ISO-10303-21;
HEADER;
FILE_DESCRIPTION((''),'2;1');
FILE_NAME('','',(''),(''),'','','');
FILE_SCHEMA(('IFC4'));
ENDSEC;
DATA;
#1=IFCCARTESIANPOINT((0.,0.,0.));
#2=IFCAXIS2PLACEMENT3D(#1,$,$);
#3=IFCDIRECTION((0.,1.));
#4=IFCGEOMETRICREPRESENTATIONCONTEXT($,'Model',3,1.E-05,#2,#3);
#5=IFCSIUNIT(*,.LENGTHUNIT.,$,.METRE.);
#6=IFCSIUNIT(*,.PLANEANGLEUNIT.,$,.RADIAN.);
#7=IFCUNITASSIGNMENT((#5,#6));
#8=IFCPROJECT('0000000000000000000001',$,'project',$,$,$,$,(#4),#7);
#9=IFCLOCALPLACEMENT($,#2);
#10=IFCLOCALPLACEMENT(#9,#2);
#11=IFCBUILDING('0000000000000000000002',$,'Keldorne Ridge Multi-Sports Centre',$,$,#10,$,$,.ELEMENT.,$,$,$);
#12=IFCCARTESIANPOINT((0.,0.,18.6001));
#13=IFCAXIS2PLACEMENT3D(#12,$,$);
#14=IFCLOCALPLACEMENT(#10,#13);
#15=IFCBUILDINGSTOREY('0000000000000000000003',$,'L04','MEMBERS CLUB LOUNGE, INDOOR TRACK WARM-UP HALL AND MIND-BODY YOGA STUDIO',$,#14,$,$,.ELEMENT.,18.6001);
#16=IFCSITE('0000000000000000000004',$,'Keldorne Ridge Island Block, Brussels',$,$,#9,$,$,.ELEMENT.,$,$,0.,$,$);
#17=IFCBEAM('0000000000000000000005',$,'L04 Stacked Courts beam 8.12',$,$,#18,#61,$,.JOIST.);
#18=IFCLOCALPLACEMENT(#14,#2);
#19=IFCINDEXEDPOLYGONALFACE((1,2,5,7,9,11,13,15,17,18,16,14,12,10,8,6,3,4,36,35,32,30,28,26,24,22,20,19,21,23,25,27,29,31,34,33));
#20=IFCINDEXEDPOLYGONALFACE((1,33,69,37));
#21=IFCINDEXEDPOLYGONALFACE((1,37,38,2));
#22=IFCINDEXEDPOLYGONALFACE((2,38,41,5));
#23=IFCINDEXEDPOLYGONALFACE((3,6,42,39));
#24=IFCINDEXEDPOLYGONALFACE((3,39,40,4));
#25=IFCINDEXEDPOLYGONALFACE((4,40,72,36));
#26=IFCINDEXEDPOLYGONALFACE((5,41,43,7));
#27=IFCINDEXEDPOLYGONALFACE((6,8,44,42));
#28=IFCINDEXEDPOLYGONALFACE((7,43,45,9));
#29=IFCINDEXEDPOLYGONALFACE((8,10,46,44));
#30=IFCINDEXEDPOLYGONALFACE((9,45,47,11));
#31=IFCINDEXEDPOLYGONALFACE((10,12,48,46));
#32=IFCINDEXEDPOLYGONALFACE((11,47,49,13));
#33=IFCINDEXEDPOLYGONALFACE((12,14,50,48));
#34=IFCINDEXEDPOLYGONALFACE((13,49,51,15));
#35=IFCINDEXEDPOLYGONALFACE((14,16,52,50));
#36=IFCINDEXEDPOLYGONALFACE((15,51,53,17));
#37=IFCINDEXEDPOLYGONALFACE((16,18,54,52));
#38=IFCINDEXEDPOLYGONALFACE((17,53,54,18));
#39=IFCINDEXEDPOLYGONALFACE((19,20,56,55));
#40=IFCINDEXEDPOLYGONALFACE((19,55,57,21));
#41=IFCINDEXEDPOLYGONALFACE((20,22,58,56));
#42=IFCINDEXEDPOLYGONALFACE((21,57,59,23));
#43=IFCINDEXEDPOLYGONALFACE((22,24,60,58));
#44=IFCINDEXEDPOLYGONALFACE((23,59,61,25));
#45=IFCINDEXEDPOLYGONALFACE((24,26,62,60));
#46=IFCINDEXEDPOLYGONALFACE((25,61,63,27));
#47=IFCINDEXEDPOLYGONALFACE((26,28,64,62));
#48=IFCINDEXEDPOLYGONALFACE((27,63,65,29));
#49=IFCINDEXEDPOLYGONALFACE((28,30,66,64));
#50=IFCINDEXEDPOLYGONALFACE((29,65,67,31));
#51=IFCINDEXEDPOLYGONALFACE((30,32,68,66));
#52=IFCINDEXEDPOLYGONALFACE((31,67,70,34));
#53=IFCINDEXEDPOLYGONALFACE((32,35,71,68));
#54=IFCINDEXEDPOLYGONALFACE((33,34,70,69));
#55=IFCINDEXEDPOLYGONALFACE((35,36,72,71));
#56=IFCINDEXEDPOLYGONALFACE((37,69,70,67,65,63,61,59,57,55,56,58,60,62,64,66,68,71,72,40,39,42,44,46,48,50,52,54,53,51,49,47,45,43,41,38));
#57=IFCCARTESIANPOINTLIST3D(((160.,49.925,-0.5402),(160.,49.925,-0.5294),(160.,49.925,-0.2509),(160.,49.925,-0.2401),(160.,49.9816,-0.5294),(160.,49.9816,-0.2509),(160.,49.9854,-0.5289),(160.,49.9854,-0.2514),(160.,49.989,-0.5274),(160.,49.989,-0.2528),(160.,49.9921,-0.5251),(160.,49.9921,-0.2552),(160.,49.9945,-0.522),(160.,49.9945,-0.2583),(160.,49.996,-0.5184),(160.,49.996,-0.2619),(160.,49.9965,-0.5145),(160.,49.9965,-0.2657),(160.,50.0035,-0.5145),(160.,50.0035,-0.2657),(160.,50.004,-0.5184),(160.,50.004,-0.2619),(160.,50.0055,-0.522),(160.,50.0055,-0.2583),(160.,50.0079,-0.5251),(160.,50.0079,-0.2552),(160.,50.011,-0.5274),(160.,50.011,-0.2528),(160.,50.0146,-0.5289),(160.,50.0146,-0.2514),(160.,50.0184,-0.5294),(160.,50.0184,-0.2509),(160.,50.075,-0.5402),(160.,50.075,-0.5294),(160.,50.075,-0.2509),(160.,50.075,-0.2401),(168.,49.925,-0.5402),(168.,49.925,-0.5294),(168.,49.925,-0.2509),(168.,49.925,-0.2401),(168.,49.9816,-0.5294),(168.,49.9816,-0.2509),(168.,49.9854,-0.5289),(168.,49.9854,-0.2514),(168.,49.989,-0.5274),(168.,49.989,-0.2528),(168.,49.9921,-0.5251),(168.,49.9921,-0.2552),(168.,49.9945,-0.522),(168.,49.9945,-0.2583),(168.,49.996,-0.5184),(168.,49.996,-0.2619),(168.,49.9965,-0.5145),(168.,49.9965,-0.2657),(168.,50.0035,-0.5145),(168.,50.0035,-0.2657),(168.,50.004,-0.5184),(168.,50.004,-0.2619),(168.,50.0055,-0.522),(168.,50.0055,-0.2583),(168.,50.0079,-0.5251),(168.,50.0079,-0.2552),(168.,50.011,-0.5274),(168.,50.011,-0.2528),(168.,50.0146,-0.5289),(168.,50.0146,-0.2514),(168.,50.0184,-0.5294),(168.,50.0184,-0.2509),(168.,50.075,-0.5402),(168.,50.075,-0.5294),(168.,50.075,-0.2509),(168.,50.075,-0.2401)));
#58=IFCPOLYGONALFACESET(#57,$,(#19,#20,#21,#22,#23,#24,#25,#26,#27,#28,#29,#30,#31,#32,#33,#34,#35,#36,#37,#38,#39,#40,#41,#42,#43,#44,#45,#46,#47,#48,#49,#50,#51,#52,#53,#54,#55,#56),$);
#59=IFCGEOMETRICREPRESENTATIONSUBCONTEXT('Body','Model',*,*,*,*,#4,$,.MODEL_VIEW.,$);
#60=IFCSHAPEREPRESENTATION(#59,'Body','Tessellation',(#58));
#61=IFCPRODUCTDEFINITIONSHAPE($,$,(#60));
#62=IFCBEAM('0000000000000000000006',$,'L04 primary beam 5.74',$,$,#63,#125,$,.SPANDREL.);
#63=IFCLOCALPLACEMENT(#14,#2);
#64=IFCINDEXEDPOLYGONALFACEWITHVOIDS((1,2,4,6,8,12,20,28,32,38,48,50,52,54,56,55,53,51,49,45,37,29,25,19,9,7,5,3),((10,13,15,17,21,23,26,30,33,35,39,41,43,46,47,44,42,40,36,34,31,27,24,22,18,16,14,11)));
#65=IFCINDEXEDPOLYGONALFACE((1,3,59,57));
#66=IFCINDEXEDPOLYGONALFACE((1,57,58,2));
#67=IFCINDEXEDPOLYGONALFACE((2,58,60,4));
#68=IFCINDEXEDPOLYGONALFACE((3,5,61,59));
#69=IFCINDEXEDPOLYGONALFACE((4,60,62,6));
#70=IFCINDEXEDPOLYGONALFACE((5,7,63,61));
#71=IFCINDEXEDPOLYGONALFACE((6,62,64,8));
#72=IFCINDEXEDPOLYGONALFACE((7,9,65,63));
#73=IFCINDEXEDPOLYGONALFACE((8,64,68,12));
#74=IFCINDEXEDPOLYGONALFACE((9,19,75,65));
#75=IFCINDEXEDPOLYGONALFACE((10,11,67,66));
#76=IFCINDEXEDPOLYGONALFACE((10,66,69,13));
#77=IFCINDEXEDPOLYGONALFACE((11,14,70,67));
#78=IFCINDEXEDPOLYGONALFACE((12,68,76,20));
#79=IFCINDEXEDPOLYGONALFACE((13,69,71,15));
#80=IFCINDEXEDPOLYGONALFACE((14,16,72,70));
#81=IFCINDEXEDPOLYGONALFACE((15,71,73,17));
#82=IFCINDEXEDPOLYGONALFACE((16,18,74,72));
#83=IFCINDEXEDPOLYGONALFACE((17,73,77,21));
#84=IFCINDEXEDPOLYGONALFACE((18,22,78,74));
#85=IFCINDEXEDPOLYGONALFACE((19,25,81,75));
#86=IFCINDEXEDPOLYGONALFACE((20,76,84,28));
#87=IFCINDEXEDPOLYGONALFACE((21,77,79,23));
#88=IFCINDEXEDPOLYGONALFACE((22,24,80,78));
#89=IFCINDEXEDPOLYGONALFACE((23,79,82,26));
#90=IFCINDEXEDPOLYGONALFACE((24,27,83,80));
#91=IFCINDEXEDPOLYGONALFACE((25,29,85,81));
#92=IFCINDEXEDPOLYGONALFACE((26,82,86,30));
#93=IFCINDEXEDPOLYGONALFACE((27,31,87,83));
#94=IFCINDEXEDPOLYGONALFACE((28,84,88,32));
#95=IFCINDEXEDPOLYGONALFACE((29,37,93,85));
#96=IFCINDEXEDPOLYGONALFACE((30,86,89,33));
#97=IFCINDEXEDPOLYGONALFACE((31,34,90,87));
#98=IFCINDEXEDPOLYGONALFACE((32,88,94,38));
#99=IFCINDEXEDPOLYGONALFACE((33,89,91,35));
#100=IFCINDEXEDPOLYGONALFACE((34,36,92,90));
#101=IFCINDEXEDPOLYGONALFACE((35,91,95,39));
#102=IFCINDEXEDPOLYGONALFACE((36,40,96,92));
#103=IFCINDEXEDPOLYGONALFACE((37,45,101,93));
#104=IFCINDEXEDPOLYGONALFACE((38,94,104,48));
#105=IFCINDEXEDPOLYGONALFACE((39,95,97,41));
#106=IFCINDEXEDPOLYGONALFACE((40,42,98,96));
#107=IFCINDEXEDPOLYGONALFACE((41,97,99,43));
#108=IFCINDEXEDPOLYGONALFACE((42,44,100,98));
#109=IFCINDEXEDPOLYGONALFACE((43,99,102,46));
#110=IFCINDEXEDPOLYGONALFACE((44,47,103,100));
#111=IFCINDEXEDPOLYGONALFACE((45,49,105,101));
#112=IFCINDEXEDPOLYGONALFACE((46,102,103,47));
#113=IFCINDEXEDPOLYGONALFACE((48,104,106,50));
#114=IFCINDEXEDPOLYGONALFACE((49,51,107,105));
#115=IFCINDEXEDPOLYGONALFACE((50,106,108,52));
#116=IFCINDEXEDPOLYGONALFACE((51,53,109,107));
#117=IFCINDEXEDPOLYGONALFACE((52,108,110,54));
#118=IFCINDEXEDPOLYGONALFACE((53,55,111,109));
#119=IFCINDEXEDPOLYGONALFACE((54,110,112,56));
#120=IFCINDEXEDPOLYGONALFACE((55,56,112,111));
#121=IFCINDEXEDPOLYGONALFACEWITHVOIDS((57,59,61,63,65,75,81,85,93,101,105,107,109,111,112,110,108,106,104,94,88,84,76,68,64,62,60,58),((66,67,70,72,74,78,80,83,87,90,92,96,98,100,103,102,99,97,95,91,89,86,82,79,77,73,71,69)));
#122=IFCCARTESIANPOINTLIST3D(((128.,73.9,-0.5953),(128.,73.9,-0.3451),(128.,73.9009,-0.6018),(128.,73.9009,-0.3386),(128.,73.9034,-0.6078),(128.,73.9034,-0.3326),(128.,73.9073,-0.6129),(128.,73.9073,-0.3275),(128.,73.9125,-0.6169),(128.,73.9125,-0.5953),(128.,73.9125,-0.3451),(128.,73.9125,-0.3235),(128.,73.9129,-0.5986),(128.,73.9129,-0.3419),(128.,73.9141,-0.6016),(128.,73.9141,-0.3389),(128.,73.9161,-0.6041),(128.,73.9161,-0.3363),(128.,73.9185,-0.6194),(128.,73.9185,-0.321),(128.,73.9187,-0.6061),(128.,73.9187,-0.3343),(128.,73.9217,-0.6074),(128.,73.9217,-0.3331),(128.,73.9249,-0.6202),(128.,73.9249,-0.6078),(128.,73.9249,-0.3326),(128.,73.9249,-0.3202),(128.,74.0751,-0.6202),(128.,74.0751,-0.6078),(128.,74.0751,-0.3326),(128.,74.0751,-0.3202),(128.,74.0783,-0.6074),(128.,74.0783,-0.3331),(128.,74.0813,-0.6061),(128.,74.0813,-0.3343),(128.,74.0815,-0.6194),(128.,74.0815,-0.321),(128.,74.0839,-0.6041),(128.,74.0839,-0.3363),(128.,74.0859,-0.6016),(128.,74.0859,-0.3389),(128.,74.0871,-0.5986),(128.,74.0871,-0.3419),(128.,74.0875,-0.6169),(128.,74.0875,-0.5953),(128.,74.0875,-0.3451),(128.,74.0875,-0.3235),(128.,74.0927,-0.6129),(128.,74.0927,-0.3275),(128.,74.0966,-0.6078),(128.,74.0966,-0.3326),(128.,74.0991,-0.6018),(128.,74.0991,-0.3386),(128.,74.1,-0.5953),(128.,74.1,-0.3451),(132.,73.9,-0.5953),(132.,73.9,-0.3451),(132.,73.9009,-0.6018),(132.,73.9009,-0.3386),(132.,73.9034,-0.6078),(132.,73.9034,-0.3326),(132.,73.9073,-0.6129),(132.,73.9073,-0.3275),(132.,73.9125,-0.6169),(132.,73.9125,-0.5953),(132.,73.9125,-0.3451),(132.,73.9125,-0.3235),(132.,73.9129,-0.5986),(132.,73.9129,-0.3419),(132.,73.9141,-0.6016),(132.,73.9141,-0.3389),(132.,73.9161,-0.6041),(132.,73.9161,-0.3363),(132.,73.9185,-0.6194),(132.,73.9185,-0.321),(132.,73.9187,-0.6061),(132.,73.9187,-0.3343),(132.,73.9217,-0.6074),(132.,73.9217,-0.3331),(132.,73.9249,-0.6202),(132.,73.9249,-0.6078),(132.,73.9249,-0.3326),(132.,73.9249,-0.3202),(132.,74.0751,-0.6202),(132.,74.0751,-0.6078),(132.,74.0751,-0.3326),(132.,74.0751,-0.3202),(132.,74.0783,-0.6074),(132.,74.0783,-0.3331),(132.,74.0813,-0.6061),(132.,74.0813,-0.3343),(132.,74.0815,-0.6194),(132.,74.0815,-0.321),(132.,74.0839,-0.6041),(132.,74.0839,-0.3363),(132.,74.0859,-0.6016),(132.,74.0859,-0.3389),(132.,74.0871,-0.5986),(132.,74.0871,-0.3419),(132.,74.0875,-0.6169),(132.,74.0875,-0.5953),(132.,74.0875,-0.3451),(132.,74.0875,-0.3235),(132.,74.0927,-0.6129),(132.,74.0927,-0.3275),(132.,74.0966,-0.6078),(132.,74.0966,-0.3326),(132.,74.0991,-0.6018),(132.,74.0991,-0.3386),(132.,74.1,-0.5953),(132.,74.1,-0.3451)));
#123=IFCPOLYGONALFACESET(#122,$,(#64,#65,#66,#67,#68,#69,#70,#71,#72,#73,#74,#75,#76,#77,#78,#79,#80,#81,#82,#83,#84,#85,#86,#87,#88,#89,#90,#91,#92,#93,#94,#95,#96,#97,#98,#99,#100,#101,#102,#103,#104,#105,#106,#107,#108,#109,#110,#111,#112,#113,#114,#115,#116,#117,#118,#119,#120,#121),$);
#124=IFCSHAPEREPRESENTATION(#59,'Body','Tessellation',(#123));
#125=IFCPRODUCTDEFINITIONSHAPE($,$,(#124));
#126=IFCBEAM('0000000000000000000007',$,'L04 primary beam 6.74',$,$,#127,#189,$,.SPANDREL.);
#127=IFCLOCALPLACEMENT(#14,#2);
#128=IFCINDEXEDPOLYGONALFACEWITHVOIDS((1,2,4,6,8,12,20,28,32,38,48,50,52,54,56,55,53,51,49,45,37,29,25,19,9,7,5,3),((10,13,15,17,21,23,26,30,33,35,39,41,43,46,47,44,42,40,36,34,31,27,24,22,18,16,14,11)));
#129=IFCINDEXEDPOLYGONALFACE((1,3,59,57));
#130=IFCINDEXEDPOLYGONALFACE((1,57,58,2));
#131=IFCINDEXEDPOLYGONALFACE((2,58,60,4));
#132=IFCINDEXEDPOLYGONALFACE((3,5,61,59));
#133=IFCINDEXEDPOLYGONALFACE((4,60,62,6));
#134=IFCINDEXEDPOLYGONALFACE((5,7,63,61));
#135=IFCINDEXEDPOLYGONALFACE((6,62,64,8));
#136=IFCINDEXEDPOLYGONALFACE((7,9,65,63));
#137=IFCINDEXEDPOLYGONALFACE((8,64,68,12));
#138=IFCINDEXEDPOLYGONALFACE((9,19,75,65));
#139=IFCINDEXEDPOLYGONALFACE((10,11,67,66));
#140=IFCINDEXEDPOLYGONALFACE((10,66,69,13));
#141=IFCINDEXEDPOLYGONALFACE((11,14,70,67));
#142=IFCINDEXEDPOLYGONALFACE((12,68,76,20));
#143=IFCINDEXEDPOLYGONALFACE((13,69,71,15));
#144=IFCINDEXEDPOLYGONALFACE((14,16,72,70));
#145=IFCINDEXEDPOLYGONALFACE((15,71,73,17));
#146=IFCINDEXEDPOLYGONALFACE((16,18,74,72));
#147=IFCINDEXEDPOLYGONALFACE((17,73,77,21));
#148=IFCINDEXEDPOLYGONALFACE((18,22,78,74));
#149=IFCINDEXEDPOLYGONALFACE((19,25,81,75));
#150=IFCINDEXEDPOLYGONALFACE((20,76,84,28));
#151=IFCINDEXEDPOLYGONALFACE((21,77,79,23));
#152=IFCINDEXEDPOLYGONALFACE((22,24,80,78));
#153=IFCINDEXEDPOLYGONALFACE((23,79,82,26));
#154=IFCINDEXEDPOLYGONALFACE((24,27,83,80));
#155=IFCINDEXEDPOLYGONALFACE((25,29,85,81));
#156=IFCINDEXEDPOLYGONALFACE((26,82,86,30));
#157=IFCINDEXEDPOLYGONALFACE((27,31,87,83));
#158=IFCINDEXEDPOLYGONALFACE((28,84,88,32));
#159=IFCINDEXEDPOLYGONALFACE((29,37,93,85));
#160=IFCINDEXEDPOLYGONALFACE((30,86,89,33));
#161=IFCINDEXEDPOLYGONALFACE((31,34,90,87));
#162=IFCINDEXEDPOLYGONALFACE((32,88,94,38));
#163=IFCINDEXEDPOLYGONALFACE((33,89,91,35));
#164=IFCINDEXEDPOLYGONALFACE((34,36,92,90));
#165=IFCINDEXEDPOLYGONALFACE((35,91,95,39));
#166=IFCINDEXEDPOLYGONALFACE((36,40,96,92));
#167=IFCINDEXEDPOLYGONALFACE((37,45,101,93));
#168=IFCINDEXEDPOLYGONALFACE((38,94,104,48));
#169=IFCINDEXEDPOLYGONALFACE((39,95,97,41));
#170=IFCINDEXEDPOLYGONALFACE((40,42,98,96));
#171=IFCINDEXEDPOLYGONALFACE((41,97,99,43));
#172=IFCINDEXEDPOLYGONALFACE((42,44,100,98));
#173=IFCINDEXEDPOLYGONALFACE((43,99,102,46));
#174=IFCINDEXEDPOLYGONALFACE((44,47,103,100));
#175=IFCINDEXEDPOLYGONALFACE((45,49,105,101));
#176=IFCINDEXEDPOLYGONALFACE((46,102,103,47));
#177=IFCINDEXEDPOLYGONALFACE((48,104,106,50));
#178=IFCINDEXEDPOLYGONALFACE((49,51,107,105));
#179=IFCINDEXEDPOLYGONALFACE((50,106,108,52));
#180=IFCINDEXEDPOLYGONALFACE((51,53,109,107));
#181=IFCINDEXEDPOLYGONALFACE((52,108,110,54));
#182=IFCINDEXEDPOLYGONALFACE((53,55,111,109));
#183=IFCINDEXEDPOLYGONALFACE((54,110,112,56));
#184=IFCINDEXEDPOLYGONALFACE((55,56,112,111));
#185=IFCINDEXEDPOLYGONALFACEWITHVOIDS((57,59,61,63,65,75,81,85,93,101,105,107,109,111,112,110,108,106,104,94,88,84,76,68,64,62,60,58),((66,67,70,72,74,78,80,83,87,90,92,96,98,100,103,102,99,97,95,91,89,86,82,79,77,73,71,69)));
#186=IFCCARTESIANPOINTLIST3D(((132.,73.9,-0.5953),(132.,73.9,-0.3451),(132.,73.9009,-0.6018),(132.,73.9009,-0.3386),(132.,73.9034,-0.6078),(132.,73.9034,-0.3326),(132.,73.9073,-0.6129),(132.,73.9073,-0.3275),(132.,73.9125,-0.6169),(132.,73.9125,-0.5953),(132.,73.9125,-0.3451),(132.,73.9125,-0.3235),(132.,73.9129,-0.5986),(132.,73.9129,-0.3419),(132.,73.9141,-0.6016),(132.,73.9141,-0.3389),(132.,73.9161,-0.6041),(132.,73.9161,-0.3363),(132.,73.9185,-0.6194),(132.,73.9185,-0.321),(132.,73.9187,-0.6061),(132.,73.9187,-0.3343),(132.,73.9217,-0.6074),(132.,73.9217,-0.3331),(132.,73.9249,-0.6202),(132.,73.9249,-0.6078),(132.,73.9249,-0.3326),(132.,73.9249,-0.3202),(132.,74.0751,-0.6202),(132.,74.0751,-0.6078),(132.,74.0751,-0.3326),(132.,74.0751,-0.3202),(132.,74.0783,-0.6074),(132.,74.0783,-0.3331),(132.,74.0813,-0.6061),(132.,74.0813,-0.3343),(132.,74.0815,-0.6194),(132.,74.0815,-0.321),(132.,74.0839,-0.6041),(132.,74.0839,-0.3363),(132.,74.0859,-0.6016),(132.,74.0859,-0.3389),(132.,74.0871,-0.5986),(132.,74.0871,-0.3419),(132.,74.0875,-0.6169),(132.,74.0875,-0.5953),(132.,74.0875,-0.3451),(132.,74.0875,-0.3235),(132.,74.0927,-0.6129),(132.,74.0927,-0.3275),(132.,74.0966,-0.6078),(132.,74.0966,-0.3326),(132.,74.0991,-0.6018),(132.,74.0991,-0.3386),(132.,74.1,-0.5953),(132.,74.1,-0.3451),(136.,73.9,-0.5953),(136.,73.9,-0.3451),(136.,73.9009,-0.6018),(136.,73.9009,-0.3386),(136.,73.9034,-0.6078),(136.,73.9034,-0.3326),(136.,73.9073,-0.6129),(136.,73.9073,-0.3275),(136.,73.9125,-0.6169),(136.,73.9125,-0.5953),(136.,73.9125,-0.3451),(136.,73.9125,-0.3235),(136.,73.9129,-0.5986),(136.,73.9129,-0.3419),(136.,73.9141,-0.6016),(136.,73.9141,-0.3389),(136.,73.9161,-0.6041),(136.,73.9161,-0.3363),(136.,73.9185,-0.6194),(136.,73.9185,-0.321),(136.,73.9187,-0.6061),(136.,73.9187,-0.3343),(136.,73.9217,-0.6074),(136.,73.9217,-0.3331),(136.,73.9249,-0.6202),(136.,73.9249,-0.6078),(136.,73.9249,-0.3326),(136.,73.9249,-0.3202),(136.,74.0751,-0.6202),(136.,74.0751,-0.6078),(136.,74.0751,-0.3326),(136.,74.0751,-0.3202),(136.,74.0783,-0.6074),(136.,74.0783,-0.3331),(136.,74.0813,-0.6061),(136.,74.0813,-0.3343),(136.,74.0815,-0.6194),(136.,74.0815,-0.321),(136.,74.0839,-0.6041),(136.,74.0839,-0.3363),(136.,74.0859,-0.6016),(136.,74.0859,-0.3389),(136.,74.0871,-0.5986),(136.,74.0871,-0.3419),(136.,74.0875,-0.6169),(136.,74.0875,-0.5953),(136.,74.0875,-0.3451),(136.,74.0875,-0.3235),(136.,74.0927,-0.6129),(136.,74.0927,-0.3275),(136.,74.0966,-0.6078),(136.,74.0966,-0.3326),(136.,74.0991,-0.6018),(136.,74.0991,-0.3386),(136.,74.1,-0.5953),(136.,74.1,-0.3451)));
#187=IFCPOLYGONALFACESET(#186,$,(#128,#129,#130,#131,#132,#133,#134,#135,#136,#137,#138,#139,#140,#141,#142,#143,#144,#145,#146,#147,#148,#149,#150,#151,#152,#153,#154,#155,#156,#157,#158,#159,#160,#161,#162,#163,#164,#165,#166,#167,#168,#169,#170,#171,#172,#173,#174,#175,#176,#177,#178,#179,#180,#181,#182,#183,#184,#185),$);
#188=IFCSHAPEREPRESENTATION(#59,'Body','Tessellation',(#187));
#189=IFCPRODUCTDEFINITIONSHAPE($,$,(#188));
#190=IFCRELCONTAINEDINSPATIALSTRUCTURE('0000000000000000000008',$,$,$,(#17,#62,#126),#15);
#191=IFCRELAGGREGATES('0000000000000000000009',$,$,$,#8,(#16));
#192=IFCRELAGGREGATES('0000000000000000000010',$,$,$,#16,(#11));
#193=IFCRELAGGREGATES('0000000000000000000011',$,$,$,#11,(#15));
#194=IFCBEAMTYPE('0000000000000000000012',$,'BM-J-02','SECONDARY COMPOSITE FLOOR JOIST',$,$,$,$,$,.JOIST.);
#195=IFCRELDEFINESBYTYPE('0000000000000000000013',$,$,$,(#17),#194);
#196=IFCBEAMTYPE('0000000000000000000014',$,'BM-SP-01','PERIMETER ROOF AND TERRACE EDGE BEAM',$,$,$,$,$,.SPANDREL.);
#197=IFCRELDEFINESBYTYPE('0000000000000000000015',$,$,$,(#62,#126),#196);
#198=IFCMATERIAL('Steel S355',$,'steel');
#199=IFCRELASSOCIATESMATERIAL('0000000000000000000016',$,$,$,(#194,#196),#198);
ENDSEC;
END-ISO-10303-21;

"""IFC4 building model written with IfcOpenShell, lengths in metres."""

from ifc_helpers import new_model, si_unit, direction, frame, origin, origin_2d, place, context, subcontext, project, spatial, hollow_rectangle, i_section, extrude, material, material_profile, profile_set, type_object, element, save


model = new_model("IFC4")

# Units and contexts
model_context = context("Model", 3, precision=1e-05, world=origin(), true_north=direction((0.0, 1.0)))
body_context = subcontext(model_context, "Body", "Model", "MODEL_VIEW")
ifc_project = project(units=[si_unit("LENGTHUNIT", "METRE"), si_unit("PLANEANGLEUNIT", "RADIAN")], contexts=[model_context])

# Site, building, storey
site_placement = place(None, origin())
site = spatial("IfcSite", under=ifc_project, at=site_placement, Name="Keldorne Ridge Island Block, Brussels", CompositionType="ELEMENT", RefElevation=0.0)
building_placement = place(site_placement, origin())
building = spatial("IfcBuilding", under=site, at=building_placement, Name="Keldorne Ridge Multi-Sports Centre", CompositionType="ELEMENT")
storey_placement = place(building_placement, frame((0.0, 0.0, 18.6001)))
storey = spatial("IfcBuildingStorey", under=building, at=storey_placement, Name="L04", Description="MEMBERS CLUB LOUNGE, INDOOR TRACK WARM-UP HALL AND MIND-BODY YOGA STUDIO", CompositionType="ELEMENT", Elevation=18.6001)

# Shared definitions
ifc_material_1 = material(Name="Steel S355", Category="steel")

# Beams
ifc_material_profile_1 = material_profile(ifc_material_1, i_section(OverallWidth=0.1499, OverallDepth=0.3, WebThickness=0.0071, FlangeThickness=0.0107, FilletRadius=0.0149, at=origin_2d()), Name="IPE 300")
ifc_profile_set_1 = profile_set([ifc_material_profile_1], Name="Steel S355")
beam_type_1 = type_object("IfcBeamType", Name="BM-J-02", Description="SECONDARY COMPOSITE FLOOR JOIST", PredefinedType="JOIST", material=ifc_profile_set_1)
for number, where, z_axis, x_axis, name in (
    (1, (160.0, 50.0, -0.3901), (1.0, 0.0, 0.0), (0.0, 1.0, 0.0), "L04 Stacked Courts beam 8.12"),
):
    element("IfcBeam", number, at=place(storey_placement, frame(where, z_axis=z_axis, x_axis=x_axis)), inside=storey, type_object=beam_type_1, Name=name, PredefinedType="JOIST", context=body_context, shape_type="SweptSolid", body=[
        extrude(i_section(OverallWidth=0.1499, OverallDepth=0.3, WebThickness=0.0071, FlangeThickness=0.0107, FilletRadius=0.0149, at=origin_2d()), origin(), (0.0, 0.0, 1.0), 8.0),
    ])
ifc_material_profile_2 = material_profile(ifc_material_1, hollow_rectangle(XDim=0.2, YDim=0.3, WallThickness=0.0125, InnerFilletRadius=0.0125, OuterFilletRadius=0.0249, at=origin_2d()), Name="RHS 300x200x12.5")
ifc_profile_set_2 = profile_set([ifc_material_profile_2], Name="Steel S355")
beam_type_2 = type_object("IfcBeamType", Name="BM-SP-01", Description="PERIMETER ROOF AND TERRACE EDGE BEAM", PredefinedType="SPANDREL", material=ifc_profile_set_2)
for number, where, z_axis, x_axis, name in (
    (2, (128.0, 74.0, -0.4702), (1.0, 0.0, 0.0), (0.0, 1.0, 0.0), "L04 primary beam 5.74"),
    (3, (132.0, 74.0, -0.4702), (1.0, 0.0, 0.0), (0.0, 1.0, 0.0), "L04 primary beam 6.74"),
):
    element("IfcBeam", number, at=place(storey_placement, frame(where, z_axis=z_axis, x_axis=x_axis)), inside=storey, type_object=beam_type_2, Name=name, PredefinedType="SPANDREL", context=body_context, shape_type="SweptSolid", body=[
        extrude(hollow_rectangle(XDim=0.2, YDim=0.3, WallThickness=0.0125, InnerFilletRadius=0.0125, OuterFilletRadius=0.0249, at=origin_2d()), origin(), (0.0, 0.0, 1.0), 4.0),
    ])

save(model, "model.ifc")
